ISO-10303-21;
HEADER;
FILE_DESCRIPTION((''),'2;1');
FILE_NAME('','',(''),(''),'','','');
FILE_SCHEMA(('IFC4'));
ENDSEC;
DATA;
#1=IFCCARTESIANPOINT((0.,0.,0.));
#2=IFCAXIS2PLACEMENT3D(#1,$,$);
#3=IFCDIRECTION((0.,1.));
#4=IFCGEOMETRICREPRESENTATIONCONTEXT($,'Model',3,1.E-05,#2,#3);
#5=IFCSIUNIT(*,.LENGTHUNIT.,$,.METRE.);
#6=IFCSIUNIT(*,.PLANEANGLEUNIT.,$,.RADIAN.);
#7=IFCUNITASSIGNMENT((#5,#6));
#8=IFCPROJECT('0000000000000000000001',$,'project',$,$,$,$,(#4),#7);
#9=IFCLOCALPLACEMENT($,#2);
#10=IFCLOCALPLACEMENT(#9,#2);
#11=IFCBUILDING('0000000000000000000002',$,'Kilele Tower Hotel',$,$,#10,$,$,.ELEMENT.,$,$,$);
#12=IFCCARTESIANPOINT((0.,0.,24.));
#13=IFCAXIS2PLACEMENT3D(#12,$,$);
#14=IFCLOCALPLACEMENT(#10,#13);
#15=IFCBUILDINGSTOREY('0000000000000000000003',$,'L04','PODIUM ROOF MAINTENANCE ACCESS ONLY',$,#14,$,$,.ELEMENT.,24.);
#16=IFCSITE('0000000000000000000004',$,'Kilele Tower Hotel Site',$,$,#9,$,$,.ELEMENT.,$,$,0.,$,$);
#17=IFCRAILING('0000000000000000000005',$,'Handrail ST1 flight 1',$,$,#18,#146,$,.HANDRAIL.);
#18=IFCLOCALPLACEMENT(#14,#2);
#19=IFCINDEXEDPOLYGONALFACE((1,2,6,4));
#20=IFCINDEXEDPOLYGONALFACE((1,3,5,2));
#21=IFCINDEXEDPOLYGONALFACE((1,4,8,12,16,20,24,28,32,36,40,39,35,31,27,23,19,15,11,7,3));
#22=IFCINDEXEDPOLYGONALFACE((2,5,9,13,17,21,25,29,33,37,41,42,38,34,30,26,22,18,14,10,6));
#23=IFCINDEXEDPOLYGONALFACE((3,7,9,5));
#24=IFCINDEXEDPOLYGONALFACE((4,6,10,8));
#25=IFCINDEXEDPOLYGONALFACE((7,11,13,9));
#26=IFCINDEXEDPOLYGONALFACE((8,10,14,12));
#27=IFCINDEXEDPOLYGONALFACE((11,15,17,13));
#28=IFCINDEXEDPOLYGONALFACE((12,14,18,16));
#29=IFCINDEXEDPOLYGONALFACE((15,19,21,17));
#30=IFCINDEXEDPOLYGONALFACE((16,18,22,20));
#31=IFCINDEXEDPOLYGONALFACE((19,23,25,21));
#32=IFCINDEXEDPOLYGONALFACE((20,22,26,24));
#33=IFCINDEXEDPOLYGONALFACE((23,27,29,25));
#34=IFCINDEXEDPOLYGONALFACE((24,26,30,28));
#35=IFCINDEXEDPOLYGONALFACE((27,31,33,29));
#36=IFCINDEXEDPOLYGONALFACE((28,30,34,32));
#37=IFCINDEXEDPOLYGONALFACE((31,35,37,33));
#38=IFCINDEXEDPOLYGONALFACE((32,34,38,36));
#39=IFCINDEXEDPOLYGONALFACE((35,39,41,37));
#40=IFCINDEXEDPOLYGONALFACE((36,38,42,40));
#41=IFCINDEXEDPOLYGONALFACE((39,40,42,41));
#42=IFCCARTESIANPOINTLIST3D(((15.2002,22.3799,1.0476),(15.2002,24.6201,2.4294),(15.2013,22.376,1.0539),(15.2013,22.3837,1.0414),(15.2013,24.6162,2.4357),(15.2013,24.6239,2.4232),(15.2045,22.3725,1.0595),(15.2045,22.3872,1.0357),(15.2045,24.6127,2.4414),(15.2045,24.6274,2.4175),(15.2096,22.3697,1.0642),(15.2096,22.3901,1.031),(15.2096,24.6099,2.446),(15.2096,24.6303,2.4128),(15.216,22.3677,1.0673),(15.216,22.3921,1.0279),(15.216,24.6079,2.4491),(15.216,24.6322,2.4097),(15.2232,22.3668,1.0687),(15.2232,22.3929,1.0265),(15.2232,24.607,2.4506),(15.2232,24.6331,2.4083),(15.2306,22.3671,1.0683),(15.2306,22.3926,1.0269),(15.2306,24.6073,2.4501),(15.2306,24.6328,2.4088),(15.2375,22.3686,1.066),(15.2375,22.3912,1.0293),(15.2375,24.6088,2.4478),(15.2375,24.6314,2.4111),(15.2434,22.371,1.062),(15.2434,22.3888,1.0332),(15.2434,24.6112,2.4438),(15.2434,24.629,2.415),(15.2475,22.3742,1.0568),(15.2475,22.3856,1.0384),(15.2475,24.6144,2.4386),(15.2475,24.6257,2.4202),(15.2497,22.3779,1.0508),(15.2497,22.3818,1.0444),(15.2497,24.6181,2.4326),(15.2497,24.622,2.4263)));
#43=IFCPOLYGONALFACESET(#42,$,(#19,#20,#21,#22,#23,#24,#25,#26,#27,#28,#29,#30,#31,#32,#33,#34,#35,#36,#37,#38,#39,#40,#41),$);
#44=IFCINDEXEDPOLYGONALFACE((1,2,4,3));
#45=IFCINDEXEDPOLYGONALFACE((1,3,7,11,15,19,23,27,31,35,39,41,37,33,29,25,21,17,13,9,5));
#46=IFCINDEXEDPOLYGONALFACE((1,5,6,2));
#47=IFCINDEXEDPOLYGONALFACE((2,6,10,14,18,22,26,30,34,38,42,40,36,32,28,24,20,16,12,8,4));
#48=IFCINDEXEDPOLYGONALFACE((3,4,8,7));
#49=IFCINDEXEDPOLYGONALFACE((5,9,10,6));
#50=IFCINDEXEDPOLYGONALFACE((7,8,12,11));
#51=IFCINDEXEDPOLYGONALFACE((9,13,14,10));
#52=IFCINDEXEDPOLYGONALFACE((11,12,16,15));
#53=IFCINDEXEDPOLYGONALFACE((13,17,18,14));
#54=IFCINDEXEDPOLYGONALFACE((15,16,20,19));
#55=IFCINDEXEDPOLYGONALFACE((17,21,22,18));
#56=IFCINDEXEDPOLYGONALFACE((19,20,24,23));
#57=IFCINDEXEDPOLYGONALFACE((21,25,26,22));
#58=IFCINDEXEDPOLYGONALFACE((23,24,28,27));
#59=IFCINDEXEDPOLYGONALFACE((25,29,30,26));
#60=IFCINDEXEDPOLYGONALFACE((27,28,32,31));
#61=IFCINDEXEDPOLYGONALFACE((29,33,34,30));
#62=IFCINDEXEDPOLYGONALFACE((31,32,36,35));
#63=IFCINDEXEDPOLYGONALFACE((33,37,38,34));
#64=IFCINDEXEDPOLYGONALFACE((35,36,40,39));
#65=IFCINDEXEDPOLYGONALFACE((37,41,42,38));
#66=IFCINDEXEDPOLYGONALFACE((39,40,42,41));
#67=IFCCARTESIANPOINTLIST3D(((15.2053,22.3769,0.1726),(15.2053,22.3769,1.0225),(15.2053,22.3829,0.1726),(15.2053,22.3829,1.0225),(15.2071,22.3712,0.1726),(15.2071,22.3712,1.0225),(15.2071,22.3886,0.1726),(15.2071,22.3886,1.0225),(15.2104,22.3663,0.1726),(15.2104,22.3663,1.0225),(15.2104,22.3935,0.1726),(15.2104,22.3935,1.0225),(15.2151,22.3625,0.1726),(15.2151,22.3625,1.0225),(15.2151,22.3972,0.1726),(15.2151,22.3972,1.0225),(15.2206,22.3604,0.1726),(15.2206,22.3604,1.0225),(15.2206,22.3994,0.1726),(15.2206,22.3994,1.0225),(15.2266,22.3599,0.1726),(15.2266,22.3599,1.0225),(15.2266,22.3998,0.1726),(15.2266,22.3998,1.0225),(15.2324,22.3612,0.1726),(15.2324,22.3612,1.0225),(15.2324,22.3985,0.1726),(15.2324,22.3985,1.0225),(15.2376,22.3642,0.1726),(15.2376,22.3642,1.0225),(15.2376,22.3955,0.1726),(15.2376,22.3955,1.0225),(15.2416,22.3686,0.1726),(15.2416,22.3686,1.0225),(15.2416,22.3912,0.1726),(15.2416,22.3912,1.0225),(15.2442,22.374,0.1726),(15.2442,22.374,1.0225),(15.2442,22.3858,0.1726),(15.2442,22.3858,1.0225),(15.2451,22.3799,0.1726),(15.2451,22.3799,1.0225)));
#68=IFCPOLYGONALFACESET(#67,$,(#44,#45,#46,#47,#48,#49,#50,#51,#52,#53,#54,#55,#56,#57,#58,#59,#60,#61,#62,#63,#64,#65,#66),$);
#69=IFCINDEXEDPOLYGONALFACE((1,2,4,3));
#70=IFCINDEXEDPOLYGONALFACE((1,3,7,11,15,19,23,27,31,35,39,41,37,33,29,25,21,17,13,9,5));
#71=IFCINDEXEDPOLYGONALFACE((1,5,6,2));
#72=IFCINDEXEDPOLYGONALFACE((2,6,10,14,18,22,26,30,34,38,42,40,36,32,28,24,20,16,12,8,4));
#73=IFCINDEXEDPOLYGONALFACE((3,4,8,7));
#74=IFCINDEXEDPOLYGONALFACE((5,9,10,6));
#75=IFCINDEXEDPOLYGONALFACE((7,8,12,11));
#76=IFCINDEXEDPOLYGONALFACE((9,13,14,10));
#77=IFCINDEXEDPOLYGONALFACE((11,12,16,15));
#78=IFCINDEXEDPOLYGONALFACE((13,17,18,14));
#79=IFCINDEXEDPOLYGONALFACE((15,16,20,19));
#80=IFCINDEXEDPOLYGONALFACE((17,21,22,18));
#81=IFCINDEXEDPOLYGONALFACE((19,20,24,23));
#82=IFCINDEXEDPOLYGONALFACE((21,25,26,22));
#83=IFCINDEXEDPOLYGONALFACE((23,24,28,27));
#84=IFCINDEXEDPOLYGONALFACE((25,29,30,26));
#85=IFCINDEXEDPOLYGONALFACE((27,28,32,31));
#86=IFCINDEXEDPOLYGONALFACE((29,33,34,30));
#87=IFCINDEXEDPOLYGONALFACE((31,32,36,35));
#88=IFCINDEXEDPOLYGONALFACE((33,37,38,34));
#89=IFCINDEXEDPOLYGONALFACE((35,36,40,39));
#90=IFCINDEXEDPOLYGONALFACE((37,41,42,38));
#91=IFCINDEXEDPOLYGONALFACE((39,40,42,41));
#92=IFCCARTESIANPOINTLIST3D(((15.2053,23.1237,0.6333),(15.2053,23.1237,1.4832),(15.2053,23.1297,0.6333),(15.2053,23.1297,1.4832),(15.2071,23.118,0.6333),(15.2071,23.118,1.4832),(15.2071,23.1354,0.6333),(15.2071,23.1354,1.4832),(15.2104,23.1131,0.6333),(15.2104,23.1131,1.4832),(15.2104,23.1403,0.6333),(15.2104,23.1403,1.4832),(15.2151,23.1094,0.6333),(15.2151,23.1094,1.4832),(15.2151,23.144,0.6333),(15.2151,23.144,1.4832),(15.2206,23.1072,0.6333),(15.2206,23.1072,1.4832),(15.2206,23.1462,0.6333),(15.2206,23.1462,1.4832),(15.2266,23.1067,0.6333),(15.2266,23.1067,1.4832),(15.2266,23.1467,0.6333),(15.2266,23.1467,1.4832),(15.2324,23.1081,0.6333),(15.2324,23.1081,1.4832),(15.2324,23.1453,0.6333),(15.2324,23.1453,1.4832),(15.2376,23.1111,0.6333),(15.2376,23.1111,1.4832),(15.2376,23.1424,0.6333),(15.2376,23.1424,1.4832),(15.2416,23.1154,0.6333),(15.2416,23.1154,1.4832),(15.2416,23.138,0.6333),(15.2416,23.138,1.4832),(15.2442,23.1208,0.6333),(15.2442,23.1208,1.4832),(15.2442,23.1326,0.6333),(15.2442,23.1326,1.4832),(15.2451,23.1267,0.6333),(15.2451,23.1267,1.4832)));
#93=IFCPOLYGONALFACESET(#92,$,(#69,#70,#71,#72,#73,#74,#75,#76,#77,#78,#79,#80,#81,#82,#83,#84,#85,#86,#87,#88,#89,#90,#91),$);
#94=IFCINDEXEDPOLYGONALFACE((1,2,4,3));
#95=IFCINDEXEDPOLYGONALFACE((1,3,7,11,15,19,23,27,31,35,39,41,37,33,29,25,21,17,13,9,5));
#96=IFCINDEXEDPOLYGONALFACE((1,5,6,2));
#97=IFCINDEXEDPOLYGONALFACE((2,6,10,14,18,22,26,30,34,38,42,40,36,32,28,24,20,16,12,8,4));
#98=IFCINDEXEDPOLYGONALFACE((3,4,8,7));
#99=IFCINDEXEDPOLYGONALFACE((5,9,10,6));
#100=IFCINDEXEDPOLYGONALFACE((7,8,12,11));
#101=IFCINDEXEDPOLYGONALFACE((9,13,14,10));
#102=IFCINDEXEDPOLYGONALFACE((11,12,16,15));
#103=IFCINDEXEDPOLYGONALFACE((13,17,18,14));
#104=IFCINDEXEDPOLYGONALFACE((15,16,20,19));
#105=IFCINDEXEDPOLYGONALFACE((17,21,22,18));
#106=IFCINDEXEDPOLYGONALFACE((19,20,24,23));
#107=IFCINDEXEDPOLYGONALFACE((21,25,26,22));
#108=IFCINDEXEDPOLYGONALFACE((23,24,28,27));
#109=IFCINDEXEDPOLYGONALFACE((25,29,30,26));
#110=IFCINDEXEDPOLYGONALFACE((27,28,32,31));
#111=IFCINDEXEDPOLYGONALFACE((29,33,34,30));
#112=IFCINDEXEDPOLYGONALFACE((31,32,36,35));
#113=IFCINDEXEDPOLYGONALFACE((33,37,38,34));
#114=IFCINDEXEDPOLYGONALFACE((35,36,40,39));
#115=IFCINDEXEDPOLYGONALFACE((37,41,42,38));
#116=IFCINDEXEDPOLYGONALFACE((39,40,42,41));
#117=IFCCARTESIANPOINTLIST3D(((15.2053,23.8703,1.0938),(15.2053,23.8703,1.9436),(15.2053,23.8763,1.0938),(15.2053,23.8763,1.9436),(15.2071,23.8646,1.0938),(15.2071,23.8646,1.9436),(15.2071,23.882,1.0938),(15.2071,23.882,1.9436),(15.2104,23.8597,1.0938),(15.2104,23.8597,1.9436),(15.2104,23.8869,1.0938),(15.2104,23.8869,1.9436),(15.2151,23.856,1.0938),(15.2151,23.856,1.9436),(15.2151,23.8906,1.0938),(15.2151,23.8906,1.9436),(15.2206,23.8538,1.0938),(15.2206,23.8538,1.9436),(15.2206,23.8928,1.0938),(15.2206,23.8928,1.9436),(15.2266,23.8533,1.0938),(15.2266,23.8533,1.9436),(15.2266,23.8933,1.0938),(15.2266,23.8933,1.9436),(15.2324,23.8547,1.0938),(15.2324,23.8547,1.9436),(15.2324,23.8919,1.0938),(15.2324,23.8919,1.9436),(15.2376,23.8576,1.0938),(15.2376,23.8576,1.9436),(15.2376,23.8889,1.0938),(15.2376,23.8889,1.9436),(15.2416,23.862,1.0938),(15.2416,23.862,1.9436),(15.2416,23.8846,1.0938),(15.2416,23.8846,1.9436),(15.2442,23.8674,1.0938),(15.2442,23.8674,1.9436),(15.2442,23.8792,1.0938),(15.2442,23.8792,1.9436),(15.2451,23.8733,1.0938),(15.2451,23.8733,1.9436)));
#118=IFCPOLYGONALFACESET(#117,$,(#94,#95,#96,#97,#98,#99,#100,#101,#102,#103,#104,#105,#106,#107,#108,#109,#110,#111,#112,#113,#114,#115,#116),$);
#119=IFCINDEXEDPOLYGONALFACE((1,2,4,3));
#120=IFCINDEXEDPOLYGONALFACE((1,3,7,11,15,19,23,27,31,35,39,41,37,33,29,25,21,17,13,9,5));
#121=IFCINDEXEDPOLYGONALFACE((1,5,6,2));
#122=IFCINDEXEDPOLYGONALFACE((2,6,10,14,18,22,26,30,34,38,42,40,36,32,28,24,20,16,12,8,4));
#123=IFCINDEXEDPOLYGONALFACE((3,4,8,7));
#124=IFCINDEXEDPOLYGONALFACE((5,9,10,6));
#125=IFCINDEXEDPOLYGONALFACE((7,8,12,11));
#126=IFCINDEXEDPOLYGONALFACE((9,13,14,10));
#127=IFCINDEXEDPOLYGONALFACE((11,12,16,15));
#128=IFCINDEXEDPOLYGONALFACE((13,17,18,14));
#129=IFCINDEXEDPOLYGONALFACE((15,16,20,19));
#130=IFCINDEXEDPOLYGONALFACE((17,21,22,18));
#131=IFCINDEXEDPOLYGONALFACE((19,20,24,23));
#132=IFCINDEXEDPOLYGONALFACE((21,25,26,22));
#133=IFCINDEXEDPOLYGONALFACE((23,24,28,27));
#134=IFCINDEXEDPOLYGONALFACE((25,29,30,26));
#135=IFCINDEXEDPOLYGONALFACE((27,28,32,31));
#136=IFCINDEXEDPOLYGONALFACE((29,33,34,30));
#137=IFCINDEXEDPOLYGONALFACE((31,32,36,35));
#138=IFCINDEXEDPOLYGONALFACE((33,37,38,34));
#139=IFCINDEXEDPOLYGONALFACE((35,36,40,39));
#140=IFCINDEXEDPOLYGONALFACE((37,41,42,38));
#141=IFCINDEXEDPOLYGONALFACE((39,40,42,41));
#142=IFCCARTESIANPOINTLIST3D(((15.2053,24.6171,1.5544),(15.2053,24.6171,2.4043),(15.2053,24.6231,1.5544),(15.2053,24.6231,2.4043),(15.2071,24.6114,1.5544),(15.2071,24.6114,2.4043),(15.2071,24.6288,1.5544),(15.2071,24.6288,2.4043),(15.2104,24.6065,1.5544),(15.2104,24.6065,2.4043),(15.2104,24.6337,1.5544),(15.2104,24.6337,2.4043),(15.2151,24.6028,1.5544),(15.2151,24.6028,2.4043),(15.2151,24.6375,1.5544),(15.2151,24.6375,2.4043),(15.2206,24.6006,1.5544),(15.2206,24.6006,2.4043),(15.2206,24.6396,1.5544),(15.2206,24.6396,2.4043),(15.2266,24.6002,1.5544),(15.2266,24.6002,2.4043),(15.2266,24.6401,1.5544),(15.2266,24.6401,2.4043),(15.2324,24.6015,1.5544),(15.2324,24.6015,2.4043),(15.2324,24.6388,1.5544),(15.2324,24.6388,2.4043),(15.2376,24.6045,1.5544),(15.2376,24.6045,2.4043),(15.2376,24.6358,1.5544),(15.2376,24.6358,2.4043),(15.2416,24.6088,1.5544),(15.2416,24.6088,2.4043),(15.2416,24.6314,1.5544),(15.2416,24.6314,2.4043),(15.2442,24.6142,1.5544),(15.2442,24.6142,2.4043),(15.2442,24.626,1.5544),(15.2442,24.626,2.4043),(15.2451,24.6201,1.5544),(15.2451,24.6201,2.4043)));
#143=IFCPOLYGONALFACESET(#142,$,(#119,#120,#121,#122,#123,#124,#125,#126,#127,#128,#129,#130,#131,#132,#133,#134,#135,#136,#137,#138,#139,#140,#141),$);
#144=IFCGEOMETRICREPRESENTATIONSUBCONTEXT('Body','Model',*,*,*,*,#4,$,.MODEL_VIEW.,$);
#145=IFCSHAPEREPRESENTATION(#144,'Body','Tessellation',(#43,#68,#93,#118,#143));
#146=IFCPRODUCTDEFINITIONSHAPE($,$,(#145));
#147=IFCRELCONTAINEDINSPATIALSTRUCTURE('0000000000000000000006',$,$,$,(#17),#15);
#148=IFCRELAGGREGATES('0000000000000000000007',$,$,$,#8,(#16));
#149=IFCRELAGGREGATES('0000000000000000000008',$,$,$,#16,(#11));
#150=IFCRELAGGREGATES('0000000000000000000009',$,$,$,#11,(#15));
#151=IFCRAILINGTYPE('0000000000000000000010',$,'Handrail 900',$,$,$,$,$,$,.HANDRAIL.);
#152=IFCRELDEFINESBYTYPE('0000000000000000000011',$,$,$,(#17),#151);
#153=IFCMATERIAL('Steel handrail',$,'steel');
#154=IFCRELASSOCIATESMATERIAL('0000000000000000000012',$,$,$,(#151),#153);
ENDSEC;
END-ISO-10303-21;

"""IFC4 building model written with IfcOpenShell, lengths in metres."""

from ifc_helpers import new_model, si_unit, direction, frame, origin, origin_2d, place, context, subcontext, project, spatial, circle, extrude, material, type_object, element, save


model = new_model("IFC4")

# Units and contexts
model_context = context("Model", 3, precision=1e-05, world=origin(), true_north=direction((0.0, 1.0)))
body_context = subcontext(model_context, "Body", "Model", "MODEL_VIEW")
ifc_project = project(units=[si_unit("LENGTHUNIT", "METRE"), si_unit("PLANEANGLEUNIT", "RADIAN")], contexts=[model_context])

# Site, building, storey
site_placement = place(None, origin())
site = spatial("IfcSite", under=ifc_project, at=site_placement, Name="Kilele Tower Hotel Site", CompositionType="ELEMENT", RefElevation=0.0)
building_placement = place(site_placement, origin())
building = spatial("IfcBuilding", under=site, at=building_placement, Name="Kilele Tower Hotel", CompositionType="ELEMENT")
storey_placement = place(building_placement, frame((0.0, 0.0, 24.0)))
storey = spatial("IfcBuildingStorey", under=building, at=storey_placement, Name="L04", Description="PODIUM ROOF MAINTENANCE ACCESS ONLY", CompositionType="ELEMENT", Elevation=24.0)

# Railing
ifc_material_1 = material(Name="Steel handrail", Category="steel")
railing_type_1 = type_object("IfcRailingType", Name="Handrail 900", PredefinedType="HANDRAIL", material=ifc_material_1)
for number, where, name in (
    (1, (15.2251, 22.3799, 0.1726), "Handrail ST1 flight 1"),
):
    element("IfcRailing", number, at=place(storey_placement, frame(where)), inside=storey, type_object=railing_type_1, Name=name, PredefinedType="HANDRAIL", context=body_context, shape_type="SweptSolid", body=[
        extrude(circle(Radius=0.0249, at=origin_2d()), frame((0.0, 0.0, 0.875), z_axis=(0.0, 0.85111, 0.524987), x_axis=(-1.0, 0.0, 0.0)), (0.0, 0.0, 1.0), 2.6321),
        extrude(circle(Radius=0.02, at=origin_2d()), origin(), (0.0, 0.0, 1.0), 0.8499),
        extrude(circle(Radius=0.02, at=origin_2d()), frame((0.0, 0.7468, 0.4607)), (0.0, 0.0, 1.0), 0.8499),
        extrude(circle(Radius=0.02, at=origin_2d()), frame((0.0, 1.4934, 0.9211)), (0.0, 0.0, 1.0), 0.8499),
        extrude(circle(Radius=0.02, at=origin_2d()), frame((0.0, 2.2402, 1.3818)), (0.0, 0.0, 1.0), 0.8499),
    ])

save(model, "model.ifc")
